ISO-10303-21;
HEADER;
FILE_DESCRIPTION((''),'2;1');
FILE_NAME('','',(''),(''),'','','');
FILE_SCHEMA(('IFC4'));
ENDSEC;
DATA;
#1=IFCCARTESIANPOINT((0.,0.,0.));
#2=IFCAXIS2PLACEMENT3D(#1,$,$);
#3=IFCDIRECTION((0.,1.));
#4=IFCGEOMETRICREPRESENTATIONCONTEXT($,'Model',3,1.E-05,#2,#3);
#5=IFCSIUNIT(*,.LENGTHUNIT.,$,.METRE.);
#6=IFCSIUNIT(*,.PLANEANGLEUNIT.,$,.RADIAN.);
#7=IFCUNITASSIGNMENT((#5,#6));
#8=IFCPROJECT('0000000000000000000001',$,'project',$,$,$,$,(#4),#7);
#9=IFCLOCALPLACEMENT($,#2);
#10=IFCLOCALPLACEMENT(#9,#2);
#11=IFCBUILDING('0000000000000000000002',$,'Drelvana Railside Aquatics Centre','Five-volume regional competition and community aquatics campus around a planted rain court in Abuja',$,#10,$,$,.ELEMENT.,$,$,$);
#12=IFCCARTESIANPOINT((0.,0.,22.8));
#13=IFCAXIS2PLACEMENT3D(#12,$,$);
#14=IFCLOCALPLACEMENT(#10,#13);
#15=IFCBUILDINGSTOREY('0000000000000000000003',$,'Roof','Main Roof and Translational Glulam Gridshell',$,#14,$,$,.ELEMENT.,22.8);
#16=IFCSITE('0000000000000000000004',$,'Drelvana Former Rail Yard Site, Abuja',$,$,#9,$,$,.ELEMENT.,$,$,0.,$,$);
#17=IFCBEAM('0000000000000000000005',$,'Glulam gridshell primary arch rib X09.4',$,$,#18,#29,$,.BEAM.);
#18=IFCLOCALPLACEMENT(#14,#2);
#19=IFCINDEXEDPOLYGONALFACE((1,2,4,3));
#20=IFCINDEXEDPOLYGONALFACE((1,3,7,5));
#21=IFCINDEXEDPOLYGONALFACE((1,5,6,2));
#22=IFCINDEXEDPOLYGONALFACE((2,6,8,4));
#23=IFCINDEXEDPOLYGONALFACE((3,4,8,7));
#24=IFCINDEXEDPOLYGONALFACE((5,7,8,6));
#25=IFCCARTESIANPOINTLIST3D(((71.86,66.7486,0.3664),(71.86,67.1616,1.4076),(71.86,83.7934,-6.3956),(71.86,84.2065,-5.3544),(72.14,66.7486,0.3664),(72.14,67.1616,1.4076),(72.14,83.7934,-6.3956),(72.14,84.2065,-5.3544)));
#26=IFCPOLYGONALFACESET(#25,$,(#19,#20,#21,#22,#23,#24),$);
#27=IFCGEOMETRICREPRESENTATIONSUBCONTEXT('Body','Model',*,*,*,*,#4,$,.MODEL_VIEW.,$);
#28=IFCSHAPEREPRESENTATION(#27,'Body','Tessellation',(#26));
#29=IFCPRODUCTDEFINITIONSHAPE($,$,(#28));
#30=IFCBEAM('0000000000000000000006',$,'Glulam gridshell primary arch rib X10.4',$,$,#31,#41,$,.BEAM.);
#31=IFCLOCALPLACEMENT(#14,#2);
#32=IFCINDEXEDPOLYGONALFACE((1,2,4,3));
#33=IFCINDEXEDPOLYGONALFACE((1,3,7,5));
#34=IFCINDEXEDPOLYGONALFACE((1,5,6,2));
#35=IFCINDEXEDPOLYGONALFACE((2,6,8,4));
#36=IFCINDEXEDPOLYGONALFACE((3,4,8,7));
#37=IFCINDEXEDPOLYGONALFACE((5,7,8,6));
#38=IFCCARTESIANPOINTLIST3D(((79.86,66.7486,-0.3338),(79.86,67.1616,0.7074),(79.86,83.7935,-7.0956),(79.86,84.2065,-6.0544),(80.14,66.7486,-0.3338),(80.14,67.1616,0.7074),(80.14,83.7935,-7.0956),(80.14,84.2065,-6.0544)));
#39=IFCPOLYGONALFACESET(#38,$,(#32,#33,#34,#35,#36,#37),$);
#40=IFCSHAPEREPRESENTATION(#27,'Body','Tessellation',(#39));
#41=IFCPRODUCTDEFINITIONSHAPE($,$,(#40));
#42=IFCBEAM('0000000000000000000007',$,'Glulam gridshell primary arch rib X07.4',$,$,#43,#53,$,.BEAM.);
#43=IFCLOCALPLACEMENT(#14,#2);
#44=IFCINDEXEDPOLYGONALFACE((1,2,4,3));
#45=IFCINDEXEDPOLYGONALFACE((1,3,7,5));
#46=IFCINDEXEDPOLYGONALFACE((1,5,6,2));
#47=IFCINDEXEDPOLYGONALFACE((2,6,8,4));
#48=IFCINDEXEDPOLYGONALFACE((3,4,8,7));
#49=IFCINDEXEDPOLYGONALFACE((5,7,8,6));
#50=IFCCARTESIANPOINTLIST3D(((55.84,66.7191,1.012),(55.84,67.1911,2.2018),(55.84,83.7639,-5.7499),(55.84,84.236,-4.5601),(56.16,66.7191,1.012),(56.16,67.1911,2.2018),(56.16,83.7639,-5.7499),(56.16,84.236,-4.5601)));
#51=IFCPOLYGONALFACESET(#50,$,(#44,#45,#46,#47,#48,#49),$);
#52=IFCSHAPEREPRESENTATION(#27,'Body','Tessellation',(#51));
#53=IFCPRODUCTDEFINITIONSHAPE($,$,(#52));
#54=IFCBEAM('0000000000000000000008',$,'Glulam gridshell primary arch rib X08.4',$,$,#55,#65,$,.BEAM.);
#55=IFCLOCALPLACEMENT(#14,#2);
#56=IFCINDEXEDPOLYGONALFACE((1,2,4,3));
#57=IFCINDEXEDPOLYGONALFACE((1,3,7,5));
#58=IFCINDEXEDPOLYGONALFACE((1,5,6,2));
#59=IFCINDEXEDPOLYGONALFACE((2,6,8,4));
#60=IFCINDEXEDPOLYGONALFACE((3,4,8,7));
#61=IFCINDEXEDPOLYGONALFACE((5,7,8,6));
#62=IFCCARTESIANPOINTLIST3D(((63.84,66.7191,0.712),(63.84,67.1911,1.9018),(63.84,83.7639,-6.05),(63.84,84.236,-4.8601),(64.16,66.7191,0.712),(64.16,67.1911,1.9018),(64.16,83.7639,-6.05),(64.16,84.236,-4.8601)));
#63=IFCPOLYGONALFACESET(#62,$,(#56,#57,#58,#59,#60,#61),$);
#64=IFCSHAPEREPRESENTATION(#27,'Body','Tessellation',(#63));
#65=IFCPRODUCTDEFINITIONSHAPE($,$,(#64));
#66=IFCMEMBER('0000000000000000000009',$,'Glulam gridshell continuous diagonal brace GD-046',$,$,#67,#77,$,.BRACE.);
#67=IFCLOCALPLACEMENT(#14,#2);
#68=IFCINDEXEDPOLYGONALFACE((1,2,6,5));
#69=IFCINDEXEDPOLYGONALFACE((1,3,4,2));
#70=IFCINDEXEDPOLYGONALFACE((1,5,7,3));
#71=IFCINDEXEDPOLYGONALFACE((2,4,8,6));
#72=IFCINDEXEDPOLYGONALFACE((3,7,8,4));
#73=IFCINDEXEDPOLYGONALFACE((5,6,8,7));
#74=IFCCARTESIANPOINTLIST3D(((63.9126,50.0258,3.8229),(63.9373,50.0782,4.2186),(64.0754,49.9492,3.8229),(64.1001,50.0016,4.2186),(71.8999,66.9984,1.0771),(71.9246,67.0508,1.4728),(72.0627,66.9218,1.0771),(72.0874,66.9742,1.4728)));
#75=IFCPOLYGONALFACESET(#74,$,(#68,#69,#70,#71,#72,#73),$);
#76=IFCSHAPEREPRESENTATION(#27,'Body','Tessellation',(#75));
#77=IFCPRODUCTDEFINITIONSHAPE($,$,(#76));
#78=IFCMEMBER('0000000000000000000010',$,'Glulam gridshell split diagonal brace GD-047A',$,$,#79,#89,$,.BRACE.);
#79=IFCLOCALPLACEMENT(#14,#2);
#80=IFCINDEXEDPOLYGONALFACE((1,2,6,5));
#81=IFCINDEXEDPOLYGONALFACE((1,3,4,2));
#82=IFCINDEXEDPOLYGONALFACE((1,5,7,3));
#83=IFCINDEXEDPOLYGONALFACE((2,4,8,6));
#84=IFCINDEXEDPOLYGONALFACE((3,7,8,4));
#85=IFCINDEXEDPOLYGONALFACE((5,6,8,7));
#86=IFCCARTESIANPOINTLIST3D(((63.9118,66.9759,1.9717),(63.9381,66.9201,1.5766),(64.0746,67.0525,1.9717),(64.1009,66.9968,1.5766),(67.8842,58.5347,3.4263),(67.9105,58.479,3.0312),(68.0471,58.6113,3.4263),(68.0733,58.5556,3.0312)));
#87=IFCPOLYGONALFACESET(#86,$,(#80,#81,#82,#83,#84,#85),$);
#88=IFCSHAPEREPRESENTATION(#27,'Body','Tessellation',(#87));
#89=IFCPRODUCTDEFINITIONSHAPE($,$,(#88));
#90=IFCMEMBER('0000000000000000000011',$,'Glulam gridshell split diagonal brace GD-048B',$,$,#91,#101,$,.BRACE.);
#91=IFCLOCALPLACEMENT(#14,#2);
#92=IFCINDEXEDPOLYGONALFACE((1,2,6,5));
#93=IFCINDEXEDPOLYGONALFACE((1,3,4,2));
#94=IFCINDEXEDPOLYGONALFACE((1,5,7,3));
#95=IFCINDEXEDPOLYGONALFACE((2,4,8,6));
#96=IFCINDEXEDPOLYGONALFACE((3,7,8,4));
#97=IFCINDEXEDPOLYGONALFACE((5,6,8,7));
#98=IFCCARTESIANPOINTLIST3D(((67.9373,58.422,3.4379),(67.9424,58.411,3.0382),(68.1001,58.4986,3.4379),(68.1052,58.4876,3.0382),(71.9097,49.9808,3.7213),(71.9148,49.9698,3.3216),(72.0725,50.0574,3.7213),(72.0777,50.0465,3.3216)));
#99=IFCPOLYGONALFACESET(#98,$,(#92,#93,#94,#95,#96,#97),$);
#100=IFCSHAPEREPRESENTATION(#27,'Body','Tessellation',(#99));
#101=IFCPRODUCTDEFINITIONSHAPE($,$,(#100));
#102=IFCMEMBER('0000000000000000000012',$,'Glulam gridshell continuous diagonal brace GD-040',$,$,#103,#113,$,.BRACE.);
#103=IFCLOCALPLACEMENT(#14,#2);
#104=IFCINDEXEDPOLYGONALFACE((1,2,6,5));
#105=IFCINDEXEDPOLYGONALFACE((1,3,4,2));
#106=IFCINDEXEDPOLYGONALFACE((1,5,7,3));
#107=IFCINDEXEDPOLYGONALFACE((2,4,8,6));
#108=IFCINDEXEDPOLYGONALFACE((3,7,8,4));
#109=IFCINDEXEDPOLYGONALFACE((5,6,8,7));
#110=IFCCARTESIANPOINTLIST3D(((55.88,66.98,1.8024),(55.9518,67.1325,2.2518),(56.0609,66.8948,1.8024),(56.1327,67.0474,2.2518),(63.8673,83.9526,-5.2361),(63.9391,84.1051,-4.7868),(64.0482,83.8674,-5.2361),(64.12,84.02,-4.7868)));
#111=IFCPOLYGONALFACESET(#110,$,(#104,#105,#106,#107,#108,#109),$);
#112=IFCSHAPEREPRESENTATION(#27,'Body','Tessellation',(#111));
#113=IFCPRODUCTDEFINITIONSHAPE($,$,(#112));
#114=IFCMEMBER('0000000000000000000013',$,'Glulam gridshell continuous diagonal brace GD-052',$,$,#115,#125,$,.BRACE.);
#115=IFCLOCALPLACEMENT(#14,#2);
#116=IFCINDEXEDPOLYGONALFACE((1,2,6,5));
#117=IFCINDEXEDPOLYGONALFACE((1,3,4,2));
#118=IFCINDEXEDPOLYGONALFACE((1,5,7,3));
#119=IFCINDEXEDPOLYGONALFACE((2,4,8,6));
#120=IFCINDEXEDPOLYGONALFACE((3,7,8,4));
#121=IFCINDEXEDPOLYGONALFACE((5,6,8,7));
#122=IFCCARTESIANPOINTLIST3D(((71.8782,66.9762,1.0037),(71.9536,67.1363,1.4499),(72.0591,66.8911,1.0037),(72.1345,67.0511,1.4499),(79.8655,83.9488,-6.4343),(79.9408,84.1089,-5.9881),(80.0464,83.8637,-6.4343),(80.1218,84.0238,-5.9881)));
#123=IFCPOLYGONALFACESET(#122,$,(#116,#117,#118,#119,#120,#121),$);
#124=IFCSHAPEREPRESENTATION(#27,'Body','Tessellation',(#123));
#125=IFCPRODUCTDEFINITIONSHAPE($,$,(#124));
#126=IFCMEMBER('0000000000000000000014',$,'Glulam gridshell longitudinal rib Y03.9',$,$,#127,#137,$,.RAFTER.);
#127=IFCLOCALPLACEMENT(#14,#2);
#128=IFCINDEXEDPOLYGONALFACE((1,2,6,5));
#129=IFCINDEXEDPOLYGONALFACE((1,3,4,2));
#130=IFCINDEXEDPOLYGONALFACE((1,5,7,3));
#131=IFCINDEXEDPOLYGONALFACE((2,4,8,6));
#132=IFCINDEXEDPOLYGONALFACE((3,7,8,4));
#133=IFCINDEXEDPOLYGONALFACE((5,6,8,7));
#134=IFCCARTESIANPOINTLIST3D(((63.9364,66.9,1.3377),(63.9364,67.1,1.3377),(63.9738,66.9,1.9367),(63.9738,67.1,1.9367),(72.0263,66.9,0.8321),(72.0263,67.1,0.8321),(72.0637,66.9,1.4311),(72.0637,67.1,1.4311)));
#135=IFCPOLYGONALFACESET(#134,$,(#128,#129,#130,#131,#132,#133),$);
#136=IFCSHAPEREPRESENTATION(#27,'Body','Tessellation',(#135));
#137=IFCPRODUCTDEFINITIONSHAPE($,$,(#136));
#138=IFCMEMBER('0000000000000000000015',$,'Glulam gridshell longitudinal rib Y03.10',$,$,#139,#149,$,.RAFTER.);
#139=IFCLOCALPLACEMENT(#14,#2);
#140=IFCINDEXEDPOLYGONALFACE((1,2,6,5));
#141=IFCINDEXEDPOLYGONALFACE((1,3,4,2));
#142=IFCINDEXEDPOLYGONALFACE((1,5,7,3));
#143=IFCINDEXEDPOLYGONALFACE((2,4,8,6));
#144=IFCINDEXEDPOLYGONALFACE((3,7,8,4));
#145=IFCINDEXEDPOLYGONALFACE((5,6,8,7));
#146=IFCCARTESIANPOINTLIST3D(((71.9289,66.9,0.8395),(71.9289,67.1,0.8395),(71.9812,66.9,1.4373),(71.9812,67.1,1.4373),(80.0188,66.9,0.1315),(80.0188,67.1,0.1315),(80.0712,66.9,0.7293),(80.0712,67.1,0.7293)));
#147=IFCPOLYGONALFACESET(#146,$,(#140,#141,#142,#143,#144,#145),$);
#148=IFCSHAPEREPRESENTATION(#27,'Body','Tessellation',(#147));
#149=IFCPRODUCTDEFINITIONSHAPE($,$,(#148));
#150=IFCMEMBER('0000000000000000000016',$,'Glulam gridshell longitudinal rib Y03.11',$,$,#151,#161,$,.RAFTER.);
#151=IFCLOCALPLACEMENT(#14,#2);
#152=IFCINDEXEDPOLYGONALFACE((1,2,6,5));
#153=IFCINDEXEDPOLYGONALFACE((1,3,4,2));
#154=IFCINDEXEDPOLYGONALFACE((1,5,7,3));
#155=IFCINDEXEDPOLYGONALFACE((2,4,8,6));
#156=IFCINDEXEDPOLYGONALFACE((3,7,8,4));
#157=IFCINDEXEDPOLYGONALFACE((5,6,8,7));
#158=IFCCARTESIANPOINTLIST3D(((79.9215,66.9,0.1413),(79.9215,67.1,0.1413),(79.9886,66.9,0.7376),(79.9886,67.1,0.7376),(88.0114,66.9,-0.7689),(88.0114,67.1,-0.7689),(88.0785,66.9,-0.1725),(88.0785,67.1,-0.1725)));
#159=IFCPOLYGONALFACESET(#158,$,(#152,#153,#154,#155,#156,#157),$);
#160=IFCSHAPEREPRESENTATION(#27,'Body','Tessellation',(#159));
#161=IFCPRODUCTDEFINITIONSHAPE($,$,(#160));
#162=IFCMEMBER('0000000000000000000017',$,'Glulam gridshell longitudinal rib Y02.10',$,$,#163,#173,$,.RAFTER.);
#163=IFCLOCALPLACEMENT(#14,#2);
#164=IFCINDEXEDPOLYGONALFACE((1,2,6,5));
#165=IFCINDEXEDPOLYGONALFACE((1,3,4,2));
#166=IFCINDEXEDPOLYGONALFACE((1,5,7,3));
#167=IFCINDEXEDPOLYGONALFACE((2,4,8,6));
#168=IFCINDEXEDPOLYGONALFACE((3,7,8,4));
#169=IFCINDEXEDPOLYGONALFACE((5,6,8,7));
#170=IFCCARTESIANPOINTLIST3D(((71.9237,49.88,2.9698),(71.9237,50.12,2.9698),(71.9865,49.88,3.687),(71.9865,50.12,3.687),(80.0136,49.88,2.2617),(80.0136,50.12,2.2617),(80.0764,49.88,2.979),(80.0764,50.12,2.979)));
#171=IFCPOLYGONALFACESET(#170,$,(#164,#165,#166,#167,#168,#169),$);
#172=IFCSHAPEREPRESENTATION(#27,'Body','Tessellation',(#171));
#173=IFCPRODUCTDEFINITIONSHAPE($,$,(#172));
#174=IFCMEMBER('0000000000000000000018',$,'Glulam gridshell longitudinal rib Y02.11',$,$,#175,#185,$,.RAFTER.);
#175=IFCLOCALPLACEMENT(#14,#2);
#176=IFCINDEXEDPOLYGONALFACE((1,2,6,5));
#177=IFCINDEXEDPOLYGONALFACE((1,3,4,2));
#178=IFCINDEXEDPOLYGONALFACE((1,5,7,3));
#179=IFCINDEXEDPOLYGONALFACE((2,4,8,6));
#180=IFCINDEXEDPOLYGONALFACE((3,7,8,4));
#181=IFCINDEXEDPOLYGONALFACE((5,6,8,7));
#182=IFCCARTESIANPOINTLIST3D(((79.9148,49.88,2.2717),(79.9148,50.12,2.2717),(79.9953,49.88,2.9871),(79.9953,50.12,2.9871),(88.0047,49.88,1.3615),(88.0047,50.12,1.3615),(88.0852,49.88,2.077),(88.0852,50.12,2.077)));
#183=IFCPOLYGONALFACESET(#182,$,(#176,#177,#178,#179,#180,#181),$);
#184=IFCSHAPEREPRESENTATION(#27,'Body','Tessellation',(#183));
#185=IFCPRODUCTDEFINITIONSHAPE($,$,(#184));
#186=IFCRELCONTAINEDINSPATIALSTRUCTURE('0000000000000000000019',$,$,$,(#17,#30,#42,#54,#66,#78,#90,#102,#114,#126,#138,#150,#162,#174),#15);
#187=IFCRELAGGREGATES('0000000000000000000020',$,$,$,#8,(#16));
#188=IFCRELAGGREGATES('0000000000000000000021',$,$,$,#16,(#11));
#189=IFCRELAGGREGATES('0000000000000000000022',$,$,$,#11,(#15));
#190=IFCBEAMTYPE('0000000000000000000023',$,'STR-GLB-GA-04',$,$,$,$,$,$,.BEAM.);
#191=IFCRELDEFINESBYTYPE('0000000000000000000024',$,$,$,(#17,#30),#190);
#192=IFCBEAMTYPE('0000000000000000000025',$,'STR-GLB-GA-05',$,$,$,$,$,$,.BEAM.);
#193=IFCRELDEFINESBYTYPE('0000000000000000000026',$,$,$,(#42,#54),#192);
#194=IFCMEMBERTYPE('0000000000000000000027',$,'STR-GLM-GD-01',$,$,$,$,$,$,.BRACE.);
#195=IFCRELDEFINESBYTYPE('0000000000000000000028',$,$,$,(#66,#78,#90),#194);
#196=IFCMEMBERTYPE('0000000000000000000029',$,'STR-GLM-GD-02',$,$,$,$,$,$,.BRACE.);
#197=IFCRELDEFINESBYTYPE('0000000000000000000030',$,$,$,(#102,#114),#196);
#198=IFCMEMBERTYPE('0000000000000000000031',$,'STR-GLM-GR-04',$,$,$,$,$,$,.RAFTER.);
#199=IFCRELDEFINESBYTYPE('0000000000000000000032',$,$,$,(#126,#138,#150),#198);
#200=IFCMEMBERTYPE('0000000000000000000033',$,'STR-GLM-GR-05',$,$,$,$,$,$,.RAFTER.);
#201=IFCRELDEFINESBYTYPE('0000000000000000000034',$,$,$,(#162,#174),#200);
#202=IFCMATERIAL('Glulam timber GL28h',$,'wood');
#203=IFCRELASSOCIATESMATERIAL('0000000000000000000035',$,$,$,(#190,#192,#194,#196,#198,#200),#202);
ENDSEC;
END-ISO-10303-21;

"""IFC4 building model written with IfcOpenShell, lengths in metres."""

from ifc_helpers import new_model, si_unit, direction, frame, origin, origin_2d, place, context, subcontext, project, spatial, rectangle, extrude, material, material_profile, profile_set, type_object, element, save


model = new_model("IFC4")

# Units and contexts
model_context = context("Model", 3, precision=1e-05, world=origin(), true_north=direction((0.0, 1.0)))
body_context = subcontext(model_context, "Body", "Model", "MODEL_VIEW")
ifc_project = project(units=[si_unit("LENGTHUNIT", "METRE"), si_unit("PLANEANGLEUNIT", "RADIAN")], contexts=[model_context])

# Site, building, storey
site_placement = place(None, origin())
site = spatial("IfcSite", under=ifc_project, at=site_placement, Name="Drelvana Former Rail Yard Site, Abuja", CompositionType="ELEMENT", RefElevation=0.0)
building_placement = place(site_placement, origin())
building = spatial("IfcBuilding", under=site, at=building_placement, Name="Drelvana Railside Aquatics Centre", Description="Five-volume regional competition and community aquatics campus around a planted rain court in Abuja", CompositionType="ELEMENT")
storey_placement = place(building_placement, frame((0.0, 0.0, 22.8)))
storey = spatial("IfcBuildingStorey", under=building, at=storey_placement, Name="Roof", Description="Main Roof and Translational Glulam Gridshell", CompositionType="ELEMENT", Elevation=22.8)

# Beams
ifc_material_1 = material(Name="Glulam timber GL28h", Category="wood")
ifc_material_profile_1 = material_profile(ifc_material_1, rectangle(XDim=0.28, YDim=1.1201, at=origin_2d()), Name="GL28h 280x1120")
ifc_profile_set_1 = profile_set([ifc_material_profile_1], Name="Glulam timber GL28h")
beam_type_1 = type_object("IfcBeamType", Name="STR-GLB-GA-04", PredefinedType="BEAM", material=ifc_profile_set_1)
for number, where, z_axis, x_axis, name in (
    (1, (72.0, 66.9551, 0.887), (0.0, 0.929526, -0.368756), (-1.0, 0.0, 0.0), "Glulam gridshell primary arch rib X09.4"),
    (2, (80.0, 66.9551, 0.1868), (0.0, 0.929531, -0.368745), (-1.0, 0.0, 0.0), "Glulam gridshell primary arch rib X10.4"),
):
    element("IfcBeam", number, at=place(storey_placement, frame(where, z_axis=z_axis, x_axis=x_axis)), inside=storey, type_object=beam_type_1, Name=name, PredefinedType="BEAM", context=body_context, shape_type="SweptSolid", body=[
        extrude(rectangle(XDim=0.28, YDim=1.1201, at=origin_2d()), origin(), (0.0, 0.0, 1.0), 18.3372),
    ])
ifc_material_profile_2 = material_profile(ifc_material_1, rectangle(XDim=0.3201, YDim=1.28, at=origin_2d()), Name="GL28h 320x1280")
ifc_profile_set_2 = profile_set([ifc_material_profile_2], Name="Glulam timber GL28h")
beam_type_2 = type_object("IfcBeamType", Name="STR-GLB-GA-05", PredefinedType="BEAM", material=ifc_profile_set_2)
for number, where, z_axis, x_axis, name in (
    (3, (56.0, 66.9551, 1.6069), (0.0, 0.929526, -0.368756), (-1.0, 0.0, 0.0), "Glulam gridshell primary arch rib X07.4"),
    (4, (64.0, 66.9551, 1.3069), (0.0, 0.929526, -0.368756), (-1.0, 0.0, 0.0), "Glulam gridshell primary arch rib X08.4"),
):
    element("IfcBeam", number, at=place(storey_placement, frame(where, z_axis=z_axis, x_axis=x_axis)), inside=storey, type_object=beam_type_2, Name=name, PredefinedType="BEAM", context=body_context, shape_type="SweptSolid", body=[
        extrude(rectangle(XDim=0.3201, YDim=1.28, at=origin_2d()), origin(), (0.0, 0.0, 1.0), 18.3372),
    ])

# Members
ifc_material_profile_3 = material_profile(ifc_material_1, rectangle(XDim=0.1799, YDim=0.3999, at=origin_2d()), Name="GL28h 180x400")
ifc_profile_set_3 = profile_set([ifc_material_profile_3], Name="Glulam timber GL28h")
member_type_1 = type_object("IfcMemberType", Name="STR-GLM-GD-01", PredefinedType="BRACE", material=ifc_profile_set_3)
member_1_placement = place(storey_placement, frame((64.0063, 50.0137, 4.0208), z_axis=(0.421315, 0.895274, -0.144838), x_axis=(-0.904815, 0.425805, 0.0)))
element("IfcMember", 5, at=member_1_placement, inside=storey, type_object=member_type_1, Name="Glulam gridshell continuous diagonal brace GD-046", PredefinedType="BRACE", context=body_context, shape_type="SweptSolid", body=[
    extrude(rectangle(XDim=0.1799, YDim=0.3999, at=origin_2d()), origin(), (0.0, 0.0, 1.0), 18.958),
])
member_2_placement = place(storey_placement, frame((64.0063, 66.9863, 1.7742), z_axis=(0.420723, -0.894013, 0.154057), x_axis=(0.904815, 0.425806, 0.0)))
element("IfcMember", 6, at=member_2_placement, inside=storey, type_object=member_type_1, Name="Glulam gridshell split diagonal brace GD-047A", PredefinedType="BRACE", context=body_context, shape_type="SweptSolid", body=[
    extrude(rectangle(XDim=0.1799, YDim=0.3999, at=origin_2d()), origin(), (0.0, 0.0, 1.0), 9.4419),
])
member_3_placement = place(storey_placement, frame((68.0212, 58.4548, 3.238), z_axis=(0.425609, -0.904397, 0.030369), x_axis=(0.904815, 0.425806, 0.0)))
element("IfcMember", 7, at=member_3_placement, inside=storey, type_object=member_type_1, Name="Glulam gridshell split diagonal brace GD-048B", PredefinedType="BRACE", context=body_context, shape_type="SweptSolid", body=[
    extrude(rectangle(XDim=0.1799, YDim=0.3999, at=origin_2d()), origin(), (0.0, 0.0, 1.0), 9.3335),
])
ifc_material_profile_4 = material_profile(ifc_material_1, rectangle(XDim=0.2, YDim=0.48, at=origin_2d()), Name="GL28h 200x480")
ifc_profile_set_4 = profile_set([ifc_material_profile_4], Name="Glulam timber GL28h")
member_type_2 = type_object("IfcMemberType", Name="STR-GLM-GD-02", PredefinedType="BRACE", material=ifc_profile_set_4)
member_4_placement = place(storey_placement, frame((56.0063, 67.0137, 2.0271), z_axis=(0.398663, 0.847141, -0.35131), x_axis=(-0.904815, 0.425805, 0.0)))
element("IfcMember", 8, at=member_4_placement, inside=storey, type_object=member_type_2, Name="Glulam gridshell continuous diagonal brace GD-040", PredefinedType="BRACE", context=body_context, shape_type="SweptSolid", body=[
    extrude(rectangle(XDim=0.2, YDim=0.48, at=origin_2d()), origin(), (0.0, 0.0, 1.0), 20.0352),
])
member_5_placement = place(storey_placement, frame((72.0063, 67.0137, 1.2268), z_axis=(0.395823, 0.841105, -0.368601), x_axis=(-0.904815, 0.425805, 0.0)))
element("IfcMember", 9, at=member_5_placement, inside=storey, type_object=member_type_2, Name="Glulam gridshell continuous diagonal brace GD-052", PredefinedType="BRACE", context=body_context, shape_type="SweptSolid", body=[
    extrude(rectangle(XDim=0.2, YDim=0.48, at=origin_2d()), origin(), (0.0, 0.0, 1.0), 20.179),
])
ifc_material_profile_5 = material_profile(ifc_material_1, rectangle(XDim=0.2, YDim=0.6001, at=origin_2d()), Name="GL28h 200x600")
ifc_profile_set_5 = profile_set([ifc_material_profile_5], Name="Glulam timber GL28h")
member_type_3 = type_object("IfcMemberType", Name="STR-GLM-GR-04", PredefinedType="RAFTER", material=ifc_profile_set_5)
member_6_placement = place(storey_placement, frame((63.9551, 67.0, 1.6372), z_axis=(0.998053, 0.0, -0.062378), x_axis=(0.0, 1.0, 0.0)))
element("IfcMember", 10, at=member_6_placement, inside=storey, type_object=member_type_3, Name="Glulam gridshell longitudinal rib Y03.9", PredefinedType="RAFTER", context=body_context, shape_type="SweptSolid", body=[
    extrude(rectangle(XDim=0.2, YDim=0.6001, at=origin_2d()), origin(), (0.0, 0.0, 1.0), 8.1057),
])
member_7_placement = place(storey_placement, frame((71.9551, 67.0, 1.1384), z_axis=(0.996192, 0.0, -0.087185), x_axis=(0.0, 1.0, 0.0)))
element("IfcMember", 11, at=member_7_placement, inside=storey, type_object=member_type_3, Name="Glulam gridshell longitudinal rib Y03.10", PredefinedType="RAFTER", context=body_context, shape_type="SweptSolid", body=[
    extrude(rectangle(XDim=0.2, YDim=0.6001, at=origin_2d()), origin(), (0.0, 0.0, 1.0), 8.1208),
])
member_8_placement = place(storey_placement, frame((79.9551, 67.0, 0.4395), z_axis=(0.993731, 0.0, -0.111801), x_axis=(0.0, 1.0, 0.0)))
element("IfcMember", 12, at=member_8_placement, inside=storey, type_object=member_type_3, Name="Glulam gridshell longitudinal rib Y03.11", PredefinedType="RAFTER", context=body_context, shape_type="SweptSolid", body=[
    extrude(rectangle(XDim=0.2, YDim=0.6001, at=origin_2d()), origin(), (0.0, 0.0, 1.0), 8.1409),
])
ifc_material_profile_6 = material_profile(ifc_material_1, rectangle(XDim=0.24, YDim=0.72, at=origin_2d()), Name="GL28h 240x720")
ifc_profile_set_6 = profile_set([ifc_material_profile_6], Name="Glulam timber GL28h")
member_type_4 = type_object("IfcMemberType", Name="STR-GLM-GR-05", PredefinedType="RAFTER", material=ifc_profile_set_6)
member_9_placement = place(storey_placement, frame((71.9551, 50.0, 3.3284), z_axis=(0.996192, 0.0, -0.087185), x_axis=(0.0, 1.0, 0.0)))
element("IfcMember", 13, at=member_9_placement, inside=storey, type_object=member_type_4, Name="Glulam gridshell longitudinal rib Y02.10", PredefinedType="RAFTER", context=body_context, shape_type="SweptSolid", body=[
    extrude(rectangle(XDim=0.24, YDim=0.72, at=origin_2d()), origin(), (0.0, 0.0, 1.0), 8.1208),
])
member_10_placement = place(storey_placement, frame((79.9551, 50.0, 2.6294), z_axis=(0.993731, 0.0, -0.111801), x_axis=(0.0, 1.0, 0.0)))
element("IfcMember", 14, at=member_10_placement, inside=storey, type_object=member_type_4, Name="Glulam gridshell longitudinal rib Y02.11", PredefinedType="RAFTER", context=body_context, shape_type="SweptSolid", body=[
    extrude(rectangle(XDim=0.24, YDim=0.72, at=origin_2d()), origin(), (0.0, 0.0, 1.0), 8.1409),
])

save(model, "model.ifc")
